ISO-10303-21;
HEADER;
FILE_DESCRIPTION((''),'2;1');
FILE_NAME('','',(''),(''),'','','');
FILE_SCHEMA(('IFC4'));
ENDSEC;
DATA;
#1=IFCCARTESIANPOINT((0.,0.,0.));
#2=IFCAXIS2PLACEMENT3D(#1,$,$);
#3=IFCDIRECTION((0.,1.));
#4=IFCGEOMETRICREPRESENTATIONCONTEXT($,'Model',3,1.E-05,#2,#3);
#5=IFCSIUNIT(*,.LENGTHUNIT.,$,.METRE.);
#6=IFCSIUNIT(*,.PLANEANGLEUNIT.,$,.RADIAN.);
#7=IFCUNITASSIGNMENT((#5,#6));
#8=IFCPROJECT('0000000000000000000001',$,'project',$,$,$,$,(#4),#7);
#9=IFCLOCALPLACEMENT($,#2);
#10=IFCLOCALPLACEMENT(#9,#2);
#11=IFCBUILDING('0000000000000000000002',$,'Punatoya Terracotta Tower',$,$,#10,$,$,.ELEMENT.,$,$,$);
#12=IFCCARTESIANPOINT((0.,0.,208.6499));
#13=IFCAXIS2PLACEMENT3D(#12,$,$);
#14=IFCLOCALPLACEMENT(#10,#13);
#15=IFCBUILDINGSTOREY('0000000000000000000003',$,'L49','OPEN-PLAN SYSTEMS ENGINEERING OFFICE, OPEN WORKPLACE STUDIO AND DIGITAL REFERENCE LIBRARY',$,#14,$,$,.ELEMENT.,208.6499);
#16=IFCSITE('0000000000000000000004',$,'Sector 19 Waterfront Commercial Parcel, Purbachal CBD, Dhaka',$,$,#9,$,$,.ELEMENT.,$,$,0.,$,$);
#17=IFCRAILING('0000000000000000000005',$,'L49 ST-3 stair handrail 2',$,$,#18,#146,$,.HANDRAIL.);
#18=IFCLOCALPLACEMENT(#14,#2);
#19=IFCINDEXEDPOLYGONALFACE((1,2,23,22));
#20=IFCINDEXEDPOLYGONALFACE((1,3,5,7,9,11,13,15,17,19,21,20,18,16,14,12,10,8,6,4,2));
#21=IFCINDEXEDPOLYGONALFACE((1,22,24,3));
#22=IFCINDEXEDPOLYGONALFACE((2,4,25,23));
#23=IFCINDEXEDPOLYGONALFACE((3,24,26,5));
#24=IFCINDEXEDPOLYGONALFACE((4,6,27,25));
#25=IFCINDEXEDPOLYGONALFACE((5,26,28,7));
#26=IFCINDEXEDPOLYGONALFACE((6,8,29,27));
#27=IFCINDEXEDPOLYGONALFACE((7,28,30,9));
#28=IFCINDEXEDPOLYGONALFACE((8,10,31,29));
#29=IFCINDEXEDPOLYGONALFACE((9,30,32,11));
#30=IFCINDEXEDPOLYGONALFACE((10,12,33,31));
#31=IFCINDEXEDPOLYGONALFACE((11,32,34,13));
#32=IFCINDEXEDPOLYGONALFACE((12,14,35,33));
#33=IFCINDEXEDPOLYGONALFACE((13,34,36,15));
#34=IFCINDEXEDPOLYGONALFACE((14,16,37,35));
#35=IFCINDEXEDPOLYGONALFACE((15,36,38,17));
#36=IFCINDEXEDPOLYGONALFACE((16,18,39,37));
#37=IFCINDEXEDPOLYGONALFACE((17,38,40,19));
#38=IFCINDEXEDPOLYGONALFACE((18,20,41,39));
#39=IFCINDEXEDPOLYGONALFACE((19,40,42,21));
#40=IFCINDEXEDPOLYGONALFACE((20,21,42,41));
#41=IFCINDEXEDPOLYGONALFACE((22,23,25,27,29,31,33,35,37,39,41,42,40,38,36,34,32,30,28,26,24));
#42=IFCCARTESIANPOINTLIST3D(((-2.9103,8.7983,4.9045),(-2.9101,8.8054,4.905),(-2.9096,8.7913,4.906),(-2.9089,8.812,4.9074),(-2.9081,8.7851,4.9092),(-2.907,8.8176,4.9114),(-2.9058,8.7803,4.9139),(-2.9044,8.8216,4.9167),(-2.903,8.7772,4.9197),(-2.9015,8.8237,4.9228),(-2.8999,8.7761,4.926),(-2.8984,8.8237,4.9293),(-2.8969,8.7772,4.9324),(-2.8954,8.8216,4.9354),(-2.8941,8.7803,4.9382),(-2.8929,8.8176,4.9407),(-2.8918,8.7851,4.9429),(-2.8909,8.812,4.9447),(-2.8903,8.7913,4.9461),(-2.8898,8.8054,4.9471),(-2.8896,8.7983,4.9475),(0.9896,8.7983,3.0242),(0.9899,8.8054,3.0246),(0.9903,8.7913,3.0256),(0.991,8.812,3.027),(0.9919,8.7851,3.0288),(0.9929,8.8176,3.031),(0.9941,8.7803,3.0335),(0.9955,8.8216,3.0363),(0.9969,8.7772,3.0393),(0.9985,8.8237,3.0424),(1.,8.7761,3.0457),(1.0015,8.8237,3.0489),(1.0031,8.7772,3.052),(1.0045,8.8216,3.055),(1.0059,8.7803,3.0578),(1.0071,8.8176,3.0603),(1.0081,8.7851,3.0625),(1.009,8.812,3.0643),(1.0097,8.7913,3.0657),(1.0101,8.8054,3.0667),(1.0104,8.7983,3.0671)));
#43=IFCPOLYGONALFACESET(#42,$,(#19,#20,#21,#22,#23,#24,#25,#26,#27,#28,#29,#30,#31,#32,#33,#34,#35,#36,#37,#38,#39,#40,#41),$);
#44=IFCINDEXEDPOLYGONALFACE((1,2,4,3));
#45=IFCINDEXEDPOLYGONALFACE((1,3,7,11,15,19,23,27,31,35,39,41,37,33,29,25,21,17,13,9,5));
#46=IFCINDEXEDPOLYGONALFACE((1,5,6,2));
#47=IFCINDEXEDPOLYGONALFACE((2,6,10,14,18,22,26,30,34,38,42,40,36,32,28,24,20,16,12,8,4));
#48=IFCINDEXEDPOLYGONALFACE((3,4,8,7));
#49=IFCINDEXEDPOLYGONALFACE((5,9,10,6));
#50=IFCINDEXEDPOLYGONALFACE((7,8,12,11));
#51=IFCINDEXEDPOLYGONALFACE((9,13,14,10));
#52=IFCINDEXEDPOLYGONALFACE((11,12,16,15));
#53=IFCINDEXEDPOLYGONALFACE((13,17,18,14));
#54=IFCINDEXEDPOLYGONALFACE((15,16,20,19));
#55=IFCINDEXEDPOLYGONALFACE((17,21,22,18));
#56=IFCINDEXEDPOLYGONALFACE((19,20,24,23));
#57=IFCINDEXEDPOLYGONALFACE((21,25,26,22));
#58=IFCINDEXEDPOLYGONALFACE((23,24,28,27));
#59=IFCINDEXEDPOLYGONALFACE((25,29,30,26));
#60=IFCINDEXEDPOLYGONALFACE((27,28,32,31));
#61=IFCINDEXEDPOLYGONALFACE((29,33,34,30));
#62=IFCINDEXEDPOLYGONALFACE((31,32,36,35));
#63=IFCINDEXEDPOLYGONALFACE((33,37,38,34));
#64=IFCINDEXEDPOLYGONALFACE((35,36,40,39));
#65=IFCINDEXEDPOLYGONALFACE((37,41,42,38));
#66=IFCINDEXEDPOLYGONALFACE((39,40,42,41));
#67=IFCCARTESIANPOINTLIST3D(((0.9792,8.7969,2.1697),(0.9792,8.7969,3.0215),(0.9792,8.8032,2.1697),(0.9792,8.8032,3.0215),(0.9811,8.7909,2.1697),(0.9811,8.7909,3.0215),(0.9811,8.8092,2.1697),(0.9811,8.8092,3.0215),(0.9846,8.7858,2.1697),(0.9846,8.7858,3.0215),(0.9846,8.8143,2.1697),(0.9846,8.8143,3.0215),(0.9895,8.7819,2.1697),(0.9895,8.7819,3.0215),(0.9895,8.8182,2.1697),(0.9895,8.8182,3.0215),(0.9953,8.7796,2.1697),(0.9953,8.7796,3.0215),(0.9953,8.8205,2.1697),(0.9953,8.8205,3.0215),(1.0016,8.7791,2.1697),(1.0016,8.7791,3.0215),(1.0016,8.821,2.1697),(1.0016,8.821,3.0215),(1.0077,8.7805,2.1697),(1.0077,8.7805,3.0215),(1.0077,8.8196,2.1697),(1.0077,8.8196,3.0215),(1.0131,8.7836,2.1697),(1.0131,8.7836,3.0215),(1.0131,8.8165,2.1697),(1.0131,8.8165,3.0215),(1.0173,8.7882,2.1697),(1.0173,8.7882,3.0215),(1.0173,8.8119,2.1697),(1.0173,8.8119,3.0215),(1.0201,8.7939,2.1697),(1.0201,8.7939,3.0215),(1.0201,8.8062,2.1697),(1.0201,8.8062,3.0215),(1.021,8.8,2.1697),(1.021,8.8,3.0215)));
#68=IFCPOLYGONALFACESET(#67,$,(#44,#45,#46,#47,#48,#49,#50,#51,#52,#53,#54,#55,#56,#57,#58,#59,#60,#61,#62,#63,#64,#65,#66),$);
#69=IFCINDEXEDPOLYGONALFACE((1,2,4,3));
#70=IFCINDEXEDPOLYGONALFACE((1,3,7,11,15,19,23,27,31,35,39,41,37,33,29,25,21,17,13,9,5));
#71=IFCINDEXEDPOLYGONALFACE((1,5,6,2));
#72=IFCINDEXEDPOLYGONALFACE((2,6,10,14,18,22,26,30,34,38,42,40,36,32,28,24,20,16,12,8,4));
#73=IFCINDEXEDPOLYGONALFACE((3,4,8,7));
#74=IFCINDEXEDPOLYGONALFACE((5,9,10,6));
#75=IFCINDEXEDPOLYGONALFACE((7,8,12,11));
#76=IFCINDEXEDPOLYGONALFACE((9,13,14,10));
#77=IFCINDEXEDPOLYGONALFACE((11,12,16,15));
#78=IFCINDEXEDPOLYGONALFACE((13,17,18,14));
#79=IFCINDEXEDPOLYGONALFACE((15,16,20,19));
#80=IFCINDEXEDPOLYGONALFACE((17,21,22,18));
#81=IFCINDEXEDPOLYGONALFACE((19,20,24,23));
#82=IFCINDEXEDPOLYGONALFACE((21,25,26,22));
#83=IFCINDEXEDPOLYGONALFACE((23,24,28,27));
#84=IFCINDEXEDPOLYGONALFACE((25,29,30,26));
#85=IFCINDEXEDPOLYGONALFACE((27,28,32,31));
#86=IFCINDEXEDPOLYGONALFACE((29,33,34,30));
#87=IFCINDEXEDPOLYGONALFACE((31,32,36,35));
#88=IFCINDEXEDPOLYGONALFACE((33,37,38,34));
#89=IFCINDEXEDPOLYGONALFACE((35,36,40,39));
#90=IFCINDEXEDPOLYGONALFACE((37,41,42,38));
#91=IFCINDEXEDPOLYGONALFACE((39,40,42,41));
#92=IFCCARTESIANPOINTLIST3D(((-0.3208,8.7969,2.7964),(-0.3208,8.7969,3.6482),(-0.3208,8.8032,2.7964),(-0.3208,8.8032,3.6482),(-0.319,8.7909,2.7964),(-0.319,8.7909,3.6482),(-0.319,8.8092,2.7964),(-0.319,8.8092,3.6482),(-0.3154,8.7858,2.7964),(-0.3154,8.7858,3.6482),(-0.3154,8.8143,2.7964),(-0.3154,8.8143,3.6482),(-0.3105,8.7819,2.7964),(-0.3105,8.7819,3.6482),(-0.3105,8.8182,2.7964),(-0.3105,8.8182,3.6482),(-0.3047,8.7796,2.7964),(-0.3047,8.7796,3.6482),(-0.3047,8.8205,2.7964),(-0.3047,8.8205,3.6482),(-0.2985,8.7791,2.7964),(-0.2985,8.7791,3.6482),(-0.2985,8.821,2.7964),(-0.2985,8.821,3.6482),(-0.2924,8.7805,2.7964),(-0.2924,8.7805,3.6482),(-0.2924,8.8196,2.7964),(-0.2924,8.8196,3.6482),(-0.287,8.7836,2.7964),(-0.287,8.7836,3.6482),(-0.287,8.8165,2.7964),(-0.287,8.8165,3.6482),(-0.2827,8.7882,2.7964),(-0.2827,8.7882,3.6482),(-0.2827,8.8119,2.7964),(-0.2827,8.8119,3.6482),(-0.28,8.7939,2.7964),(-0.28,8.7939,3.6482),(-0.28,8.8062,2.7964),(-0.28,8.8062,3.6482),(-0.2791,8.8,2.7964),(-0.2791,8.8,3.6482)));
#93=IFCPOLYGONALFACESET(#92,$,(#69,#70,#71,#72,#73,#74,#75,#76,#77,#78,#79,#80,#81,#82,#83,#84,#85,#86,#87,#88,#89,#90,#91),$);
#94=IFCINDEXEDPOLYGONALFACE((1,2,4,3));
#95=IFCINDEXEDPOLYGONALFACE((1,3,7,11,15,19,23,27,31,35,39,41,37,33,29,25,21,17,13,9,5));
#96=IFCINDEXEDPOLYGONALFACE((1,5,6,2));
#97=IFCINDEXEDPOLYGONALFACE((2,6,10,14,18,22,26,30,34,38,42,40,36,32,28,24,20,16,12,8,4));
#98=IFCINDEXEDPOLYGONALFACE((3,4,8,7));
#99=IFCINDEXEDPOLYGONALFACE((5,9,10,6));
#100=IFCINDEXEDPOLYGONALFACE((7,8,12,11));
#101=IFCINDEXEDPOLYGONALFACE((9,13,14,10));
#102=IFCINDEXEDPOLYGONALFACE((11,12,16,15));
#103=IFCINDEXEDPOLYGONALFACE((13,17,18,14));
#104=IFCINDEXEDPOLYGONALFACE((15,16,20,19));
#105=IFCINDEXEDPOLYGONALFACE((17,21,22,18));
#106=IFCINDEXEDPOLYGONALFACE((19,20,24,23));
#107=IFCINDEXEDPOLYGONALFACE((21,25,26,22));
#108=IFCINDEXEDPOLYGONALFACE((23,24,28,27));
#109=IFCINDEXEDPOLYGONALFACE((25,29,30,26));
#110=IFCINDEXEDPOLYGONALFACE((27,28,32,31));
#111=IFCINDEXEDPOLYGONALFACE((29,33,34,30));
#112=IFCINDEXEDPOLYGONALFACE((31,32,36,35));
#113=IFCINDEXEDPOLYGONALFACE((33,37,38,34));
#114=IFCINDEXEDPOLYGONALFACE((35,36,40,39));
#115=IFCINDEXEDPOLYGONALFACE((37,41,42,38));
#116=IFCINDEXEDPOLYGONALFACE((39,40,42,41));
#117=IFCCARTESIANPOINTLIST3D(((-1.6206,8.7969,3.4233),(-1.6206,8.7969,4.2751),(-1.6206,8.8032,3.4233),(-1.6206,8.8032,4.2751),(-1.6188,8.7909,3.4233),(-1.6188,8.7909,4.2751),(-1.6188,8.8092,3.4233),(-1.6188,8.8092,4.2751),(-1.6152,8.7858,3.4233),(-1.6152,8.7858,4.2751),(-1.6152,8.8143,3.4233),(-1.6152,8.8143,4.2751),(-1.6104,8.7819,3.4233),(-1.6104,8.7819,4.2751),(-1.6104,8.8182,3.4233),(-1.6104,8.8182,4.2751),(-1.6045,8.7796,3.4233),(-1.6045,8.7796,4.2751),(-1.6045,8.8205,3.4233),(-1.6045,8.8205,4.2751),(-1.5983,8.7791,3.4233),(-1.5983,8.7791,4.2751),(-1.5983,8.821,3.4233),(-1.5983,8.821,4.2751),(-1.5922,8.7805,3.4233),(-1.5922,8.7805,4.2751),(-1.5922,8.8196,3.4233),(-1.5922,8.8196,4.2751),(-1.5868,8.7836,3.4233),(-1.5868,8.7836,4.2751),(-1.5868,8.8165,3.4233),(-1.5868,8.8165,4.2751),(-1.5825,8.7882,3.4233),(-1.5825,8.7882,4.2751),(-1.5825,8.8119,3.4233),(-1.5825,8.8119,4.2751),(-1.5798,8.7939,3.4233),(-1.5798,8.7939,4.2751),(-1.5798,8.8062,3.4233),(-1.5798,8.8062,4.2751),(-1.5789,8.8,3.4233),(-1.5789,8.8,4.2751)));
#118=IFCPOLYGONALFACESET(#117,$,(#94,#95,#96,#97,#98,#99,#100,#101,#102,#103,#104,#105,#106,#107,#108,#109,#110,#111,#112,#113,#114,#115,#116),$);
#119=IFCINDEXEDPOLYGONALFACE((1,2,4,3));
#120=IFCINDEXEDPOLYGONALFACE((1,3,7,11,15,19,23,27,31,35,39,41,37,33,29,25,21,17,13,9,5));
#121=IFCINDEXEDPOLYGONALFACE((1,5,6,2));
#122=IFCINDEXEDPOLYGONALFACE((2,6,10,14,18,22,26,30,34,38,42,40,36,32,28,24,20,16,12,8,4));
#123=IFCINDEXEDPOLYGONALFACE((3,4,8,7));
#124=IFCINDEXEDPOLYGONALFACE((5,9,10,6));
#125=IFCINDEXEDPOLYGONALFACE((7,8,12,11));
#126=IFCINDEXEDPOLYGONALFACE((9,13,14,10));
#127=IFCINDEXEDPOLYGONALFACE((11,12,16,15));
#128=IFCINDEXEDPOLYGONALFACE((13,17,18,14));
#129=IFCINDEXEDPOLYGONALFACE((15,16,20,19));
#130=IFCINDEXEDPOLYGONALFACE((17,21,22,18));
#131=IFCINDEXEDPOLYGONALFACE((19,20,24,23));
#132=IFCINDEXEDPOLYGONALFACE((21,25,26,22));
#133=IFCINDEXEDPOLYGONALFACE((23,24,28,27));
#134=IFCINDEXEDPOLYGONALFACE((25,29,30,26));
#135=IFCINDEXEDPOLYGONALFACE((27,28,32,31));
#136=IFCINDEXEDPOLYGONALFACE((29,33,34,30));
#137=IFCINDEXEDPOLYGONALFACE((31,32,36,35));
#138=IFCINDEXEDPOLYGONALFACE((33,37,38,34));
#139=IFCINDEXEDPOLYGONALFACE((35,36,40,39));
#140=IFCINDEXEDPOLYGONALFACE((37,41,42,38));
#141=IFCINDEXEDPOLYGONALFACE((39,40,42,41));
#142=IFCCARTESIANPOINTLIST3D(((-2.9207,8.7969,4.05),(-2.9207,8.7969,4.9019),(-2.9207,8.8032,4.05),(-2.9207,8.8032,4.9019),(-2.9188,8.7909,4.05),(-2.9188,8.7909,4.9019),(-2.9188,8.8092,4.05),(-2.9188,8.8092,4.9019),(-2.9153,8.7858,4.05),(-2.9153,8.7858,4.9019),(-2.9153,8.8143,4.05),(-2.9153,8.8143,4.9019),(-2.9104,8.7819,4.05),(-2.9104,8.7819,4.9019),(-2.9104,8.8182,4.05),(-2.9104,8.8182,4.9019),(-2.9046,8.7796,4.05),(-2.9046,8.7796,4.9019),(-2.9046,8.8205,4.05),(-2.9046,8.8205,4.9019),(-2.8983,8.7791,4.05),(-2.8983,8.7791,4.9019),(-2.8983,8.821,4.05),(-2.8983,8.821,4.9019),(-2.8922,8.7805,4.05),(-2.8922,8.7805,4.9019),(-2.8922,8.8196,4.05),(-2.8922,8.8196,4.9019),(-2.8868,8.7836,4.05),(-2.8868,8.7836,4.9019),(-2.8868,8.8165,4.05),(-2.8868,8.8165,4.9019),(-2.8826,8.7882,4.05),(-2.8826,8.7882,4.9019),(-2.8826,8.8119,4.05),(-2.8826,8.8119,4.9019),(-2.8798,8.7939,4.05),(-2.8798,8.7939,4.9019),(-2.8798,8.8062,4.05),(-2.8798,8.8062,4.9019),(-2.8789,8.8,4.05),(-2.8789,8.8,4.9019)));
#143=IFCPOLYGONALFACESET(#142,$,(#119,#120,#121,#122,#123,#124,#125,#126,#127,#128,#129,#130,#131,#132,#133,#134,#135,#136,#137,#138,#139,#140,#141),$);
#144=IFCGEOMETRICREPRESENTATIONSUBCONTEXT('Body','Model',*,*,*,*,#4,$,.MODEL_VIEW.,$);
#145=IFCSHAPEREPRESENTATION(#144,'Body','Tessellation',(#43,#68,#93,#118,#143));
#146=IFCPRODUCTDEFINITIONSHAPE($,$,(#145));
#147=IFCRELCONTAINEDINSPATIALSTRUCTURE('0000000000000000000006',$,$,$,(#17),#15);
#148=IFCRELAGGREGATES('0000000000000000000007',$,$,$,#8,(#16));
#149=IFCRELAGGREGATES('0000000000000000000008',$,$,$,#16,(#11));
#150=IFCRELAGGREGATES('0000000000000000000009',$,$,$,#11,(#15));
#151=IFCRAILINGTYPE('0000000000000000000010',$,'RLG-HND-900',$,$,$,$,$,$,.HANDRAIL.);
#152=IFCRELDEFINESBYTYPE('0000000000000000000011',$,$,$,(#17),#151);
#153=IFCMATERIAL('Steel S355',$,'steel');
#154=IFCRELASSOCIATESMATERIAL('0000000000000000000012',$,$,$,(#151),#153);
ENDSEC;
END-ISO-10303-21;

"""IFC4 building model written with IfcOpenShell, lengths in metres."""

from ifc_helpers import new_model, si_unit, direction, frame, origin, origin_2d, place, context, subcontext, project, spatial, circle, extrude, material, type_object, element, save


model = new_model("IFC4")

# Units and contexts
model_context = context("Model", 3, precision=1e-05, world=origin(), true_north=direction((0.0, 1.0)))
body_context = subcontext(model_context, "Body", "Model", "MODEL_VIEW")
ifc_project = project(units=[si_unit("LENGTHUNIT", "METRE"), si_unit("PLANEANGLEUNIT", "RADIAN")], contexts=[model_context])

# Site, building, storey
site_placement = place(None, origin())
site = spatial("IfcSite", under=ifc_project, at=site_placement, Name="Sector 19 Waterfront Commercial Parcel, Purbachal CBD, Dhaka", CompositionType="ELEMENT", RefElevation=0.0)
building_placement = place(site_placement, origin())
building = spatial("IfcBuilding", under=site, at=building_placement, Name="Punatoya Terracotta Tower", CompositionType="ELEMENT")
storey_placement = place(building_placement, frame((0.0, 0.0, 208.6499)))
storey = spatial("IfcBuildingStorey", under=building, at=storey_placement, Name="L49", Description="OPEN-PLAN SYSTEMS ENGINEERING OFFICE, OPEN WORKPLACE STUDIO AND DIGITAL REFERENCE LIBRARY", CompositionType="ELEMENT", Elevation=208.6499)

# Shared definitions
ifc_material_1 = material(Name="Steel S355", Category="steel")

# Railing
railing_type_1 = type_object("IfcRailingType", Name="RLG-HND-900", PredefinedType="HANDRAIL", material=ifc_material_1)
railing_1_placement = place(storey_placement, frame((1.0, 8.8, 2.1697)))
element("IfcRailing", 1, at=railing_1_placement, inside=storey, type_object=railing_type_1, Name="L49 ST-3 stair handrail 2", PredefinedType="HANDRAIL", context=body_context, shape_type="SweptSolid", body=[
    extrude(circle(Radius=0.0239, at=origin_2d()), frame((0.0, 0.0, 0.876), z_axis=(-0.900763, 0.0, 0.434311), x_axis=(0.0, -1.0, 0.0)), (0.0, 0.0, 1.0), 4.3296),
    extrude(circle(Radius=0.021, at=origin_2d()), origin(), (0.0, 0.0, 1.0), 0.8518),
    extrude(circle(Radius=0.021, at=origin_2d()), frame((-1.3, 0.0, 0.6267)), (0.0, 0.0, 1.0), 0.8518),
    extrude(circle(Radius=0.021, at=origin_2d()), frame((-2.5999, 0.0, 1.2537)), (0.0, 0.0, 1.0), 0.8518),
    extrude(circle(Radius=0.021, at=origin_2d()), frame((-3.8999, 0.0, 1.8804)), (0.0, 0.0, 1.0), 0.8518),
])

save(model, "model.ifc")
